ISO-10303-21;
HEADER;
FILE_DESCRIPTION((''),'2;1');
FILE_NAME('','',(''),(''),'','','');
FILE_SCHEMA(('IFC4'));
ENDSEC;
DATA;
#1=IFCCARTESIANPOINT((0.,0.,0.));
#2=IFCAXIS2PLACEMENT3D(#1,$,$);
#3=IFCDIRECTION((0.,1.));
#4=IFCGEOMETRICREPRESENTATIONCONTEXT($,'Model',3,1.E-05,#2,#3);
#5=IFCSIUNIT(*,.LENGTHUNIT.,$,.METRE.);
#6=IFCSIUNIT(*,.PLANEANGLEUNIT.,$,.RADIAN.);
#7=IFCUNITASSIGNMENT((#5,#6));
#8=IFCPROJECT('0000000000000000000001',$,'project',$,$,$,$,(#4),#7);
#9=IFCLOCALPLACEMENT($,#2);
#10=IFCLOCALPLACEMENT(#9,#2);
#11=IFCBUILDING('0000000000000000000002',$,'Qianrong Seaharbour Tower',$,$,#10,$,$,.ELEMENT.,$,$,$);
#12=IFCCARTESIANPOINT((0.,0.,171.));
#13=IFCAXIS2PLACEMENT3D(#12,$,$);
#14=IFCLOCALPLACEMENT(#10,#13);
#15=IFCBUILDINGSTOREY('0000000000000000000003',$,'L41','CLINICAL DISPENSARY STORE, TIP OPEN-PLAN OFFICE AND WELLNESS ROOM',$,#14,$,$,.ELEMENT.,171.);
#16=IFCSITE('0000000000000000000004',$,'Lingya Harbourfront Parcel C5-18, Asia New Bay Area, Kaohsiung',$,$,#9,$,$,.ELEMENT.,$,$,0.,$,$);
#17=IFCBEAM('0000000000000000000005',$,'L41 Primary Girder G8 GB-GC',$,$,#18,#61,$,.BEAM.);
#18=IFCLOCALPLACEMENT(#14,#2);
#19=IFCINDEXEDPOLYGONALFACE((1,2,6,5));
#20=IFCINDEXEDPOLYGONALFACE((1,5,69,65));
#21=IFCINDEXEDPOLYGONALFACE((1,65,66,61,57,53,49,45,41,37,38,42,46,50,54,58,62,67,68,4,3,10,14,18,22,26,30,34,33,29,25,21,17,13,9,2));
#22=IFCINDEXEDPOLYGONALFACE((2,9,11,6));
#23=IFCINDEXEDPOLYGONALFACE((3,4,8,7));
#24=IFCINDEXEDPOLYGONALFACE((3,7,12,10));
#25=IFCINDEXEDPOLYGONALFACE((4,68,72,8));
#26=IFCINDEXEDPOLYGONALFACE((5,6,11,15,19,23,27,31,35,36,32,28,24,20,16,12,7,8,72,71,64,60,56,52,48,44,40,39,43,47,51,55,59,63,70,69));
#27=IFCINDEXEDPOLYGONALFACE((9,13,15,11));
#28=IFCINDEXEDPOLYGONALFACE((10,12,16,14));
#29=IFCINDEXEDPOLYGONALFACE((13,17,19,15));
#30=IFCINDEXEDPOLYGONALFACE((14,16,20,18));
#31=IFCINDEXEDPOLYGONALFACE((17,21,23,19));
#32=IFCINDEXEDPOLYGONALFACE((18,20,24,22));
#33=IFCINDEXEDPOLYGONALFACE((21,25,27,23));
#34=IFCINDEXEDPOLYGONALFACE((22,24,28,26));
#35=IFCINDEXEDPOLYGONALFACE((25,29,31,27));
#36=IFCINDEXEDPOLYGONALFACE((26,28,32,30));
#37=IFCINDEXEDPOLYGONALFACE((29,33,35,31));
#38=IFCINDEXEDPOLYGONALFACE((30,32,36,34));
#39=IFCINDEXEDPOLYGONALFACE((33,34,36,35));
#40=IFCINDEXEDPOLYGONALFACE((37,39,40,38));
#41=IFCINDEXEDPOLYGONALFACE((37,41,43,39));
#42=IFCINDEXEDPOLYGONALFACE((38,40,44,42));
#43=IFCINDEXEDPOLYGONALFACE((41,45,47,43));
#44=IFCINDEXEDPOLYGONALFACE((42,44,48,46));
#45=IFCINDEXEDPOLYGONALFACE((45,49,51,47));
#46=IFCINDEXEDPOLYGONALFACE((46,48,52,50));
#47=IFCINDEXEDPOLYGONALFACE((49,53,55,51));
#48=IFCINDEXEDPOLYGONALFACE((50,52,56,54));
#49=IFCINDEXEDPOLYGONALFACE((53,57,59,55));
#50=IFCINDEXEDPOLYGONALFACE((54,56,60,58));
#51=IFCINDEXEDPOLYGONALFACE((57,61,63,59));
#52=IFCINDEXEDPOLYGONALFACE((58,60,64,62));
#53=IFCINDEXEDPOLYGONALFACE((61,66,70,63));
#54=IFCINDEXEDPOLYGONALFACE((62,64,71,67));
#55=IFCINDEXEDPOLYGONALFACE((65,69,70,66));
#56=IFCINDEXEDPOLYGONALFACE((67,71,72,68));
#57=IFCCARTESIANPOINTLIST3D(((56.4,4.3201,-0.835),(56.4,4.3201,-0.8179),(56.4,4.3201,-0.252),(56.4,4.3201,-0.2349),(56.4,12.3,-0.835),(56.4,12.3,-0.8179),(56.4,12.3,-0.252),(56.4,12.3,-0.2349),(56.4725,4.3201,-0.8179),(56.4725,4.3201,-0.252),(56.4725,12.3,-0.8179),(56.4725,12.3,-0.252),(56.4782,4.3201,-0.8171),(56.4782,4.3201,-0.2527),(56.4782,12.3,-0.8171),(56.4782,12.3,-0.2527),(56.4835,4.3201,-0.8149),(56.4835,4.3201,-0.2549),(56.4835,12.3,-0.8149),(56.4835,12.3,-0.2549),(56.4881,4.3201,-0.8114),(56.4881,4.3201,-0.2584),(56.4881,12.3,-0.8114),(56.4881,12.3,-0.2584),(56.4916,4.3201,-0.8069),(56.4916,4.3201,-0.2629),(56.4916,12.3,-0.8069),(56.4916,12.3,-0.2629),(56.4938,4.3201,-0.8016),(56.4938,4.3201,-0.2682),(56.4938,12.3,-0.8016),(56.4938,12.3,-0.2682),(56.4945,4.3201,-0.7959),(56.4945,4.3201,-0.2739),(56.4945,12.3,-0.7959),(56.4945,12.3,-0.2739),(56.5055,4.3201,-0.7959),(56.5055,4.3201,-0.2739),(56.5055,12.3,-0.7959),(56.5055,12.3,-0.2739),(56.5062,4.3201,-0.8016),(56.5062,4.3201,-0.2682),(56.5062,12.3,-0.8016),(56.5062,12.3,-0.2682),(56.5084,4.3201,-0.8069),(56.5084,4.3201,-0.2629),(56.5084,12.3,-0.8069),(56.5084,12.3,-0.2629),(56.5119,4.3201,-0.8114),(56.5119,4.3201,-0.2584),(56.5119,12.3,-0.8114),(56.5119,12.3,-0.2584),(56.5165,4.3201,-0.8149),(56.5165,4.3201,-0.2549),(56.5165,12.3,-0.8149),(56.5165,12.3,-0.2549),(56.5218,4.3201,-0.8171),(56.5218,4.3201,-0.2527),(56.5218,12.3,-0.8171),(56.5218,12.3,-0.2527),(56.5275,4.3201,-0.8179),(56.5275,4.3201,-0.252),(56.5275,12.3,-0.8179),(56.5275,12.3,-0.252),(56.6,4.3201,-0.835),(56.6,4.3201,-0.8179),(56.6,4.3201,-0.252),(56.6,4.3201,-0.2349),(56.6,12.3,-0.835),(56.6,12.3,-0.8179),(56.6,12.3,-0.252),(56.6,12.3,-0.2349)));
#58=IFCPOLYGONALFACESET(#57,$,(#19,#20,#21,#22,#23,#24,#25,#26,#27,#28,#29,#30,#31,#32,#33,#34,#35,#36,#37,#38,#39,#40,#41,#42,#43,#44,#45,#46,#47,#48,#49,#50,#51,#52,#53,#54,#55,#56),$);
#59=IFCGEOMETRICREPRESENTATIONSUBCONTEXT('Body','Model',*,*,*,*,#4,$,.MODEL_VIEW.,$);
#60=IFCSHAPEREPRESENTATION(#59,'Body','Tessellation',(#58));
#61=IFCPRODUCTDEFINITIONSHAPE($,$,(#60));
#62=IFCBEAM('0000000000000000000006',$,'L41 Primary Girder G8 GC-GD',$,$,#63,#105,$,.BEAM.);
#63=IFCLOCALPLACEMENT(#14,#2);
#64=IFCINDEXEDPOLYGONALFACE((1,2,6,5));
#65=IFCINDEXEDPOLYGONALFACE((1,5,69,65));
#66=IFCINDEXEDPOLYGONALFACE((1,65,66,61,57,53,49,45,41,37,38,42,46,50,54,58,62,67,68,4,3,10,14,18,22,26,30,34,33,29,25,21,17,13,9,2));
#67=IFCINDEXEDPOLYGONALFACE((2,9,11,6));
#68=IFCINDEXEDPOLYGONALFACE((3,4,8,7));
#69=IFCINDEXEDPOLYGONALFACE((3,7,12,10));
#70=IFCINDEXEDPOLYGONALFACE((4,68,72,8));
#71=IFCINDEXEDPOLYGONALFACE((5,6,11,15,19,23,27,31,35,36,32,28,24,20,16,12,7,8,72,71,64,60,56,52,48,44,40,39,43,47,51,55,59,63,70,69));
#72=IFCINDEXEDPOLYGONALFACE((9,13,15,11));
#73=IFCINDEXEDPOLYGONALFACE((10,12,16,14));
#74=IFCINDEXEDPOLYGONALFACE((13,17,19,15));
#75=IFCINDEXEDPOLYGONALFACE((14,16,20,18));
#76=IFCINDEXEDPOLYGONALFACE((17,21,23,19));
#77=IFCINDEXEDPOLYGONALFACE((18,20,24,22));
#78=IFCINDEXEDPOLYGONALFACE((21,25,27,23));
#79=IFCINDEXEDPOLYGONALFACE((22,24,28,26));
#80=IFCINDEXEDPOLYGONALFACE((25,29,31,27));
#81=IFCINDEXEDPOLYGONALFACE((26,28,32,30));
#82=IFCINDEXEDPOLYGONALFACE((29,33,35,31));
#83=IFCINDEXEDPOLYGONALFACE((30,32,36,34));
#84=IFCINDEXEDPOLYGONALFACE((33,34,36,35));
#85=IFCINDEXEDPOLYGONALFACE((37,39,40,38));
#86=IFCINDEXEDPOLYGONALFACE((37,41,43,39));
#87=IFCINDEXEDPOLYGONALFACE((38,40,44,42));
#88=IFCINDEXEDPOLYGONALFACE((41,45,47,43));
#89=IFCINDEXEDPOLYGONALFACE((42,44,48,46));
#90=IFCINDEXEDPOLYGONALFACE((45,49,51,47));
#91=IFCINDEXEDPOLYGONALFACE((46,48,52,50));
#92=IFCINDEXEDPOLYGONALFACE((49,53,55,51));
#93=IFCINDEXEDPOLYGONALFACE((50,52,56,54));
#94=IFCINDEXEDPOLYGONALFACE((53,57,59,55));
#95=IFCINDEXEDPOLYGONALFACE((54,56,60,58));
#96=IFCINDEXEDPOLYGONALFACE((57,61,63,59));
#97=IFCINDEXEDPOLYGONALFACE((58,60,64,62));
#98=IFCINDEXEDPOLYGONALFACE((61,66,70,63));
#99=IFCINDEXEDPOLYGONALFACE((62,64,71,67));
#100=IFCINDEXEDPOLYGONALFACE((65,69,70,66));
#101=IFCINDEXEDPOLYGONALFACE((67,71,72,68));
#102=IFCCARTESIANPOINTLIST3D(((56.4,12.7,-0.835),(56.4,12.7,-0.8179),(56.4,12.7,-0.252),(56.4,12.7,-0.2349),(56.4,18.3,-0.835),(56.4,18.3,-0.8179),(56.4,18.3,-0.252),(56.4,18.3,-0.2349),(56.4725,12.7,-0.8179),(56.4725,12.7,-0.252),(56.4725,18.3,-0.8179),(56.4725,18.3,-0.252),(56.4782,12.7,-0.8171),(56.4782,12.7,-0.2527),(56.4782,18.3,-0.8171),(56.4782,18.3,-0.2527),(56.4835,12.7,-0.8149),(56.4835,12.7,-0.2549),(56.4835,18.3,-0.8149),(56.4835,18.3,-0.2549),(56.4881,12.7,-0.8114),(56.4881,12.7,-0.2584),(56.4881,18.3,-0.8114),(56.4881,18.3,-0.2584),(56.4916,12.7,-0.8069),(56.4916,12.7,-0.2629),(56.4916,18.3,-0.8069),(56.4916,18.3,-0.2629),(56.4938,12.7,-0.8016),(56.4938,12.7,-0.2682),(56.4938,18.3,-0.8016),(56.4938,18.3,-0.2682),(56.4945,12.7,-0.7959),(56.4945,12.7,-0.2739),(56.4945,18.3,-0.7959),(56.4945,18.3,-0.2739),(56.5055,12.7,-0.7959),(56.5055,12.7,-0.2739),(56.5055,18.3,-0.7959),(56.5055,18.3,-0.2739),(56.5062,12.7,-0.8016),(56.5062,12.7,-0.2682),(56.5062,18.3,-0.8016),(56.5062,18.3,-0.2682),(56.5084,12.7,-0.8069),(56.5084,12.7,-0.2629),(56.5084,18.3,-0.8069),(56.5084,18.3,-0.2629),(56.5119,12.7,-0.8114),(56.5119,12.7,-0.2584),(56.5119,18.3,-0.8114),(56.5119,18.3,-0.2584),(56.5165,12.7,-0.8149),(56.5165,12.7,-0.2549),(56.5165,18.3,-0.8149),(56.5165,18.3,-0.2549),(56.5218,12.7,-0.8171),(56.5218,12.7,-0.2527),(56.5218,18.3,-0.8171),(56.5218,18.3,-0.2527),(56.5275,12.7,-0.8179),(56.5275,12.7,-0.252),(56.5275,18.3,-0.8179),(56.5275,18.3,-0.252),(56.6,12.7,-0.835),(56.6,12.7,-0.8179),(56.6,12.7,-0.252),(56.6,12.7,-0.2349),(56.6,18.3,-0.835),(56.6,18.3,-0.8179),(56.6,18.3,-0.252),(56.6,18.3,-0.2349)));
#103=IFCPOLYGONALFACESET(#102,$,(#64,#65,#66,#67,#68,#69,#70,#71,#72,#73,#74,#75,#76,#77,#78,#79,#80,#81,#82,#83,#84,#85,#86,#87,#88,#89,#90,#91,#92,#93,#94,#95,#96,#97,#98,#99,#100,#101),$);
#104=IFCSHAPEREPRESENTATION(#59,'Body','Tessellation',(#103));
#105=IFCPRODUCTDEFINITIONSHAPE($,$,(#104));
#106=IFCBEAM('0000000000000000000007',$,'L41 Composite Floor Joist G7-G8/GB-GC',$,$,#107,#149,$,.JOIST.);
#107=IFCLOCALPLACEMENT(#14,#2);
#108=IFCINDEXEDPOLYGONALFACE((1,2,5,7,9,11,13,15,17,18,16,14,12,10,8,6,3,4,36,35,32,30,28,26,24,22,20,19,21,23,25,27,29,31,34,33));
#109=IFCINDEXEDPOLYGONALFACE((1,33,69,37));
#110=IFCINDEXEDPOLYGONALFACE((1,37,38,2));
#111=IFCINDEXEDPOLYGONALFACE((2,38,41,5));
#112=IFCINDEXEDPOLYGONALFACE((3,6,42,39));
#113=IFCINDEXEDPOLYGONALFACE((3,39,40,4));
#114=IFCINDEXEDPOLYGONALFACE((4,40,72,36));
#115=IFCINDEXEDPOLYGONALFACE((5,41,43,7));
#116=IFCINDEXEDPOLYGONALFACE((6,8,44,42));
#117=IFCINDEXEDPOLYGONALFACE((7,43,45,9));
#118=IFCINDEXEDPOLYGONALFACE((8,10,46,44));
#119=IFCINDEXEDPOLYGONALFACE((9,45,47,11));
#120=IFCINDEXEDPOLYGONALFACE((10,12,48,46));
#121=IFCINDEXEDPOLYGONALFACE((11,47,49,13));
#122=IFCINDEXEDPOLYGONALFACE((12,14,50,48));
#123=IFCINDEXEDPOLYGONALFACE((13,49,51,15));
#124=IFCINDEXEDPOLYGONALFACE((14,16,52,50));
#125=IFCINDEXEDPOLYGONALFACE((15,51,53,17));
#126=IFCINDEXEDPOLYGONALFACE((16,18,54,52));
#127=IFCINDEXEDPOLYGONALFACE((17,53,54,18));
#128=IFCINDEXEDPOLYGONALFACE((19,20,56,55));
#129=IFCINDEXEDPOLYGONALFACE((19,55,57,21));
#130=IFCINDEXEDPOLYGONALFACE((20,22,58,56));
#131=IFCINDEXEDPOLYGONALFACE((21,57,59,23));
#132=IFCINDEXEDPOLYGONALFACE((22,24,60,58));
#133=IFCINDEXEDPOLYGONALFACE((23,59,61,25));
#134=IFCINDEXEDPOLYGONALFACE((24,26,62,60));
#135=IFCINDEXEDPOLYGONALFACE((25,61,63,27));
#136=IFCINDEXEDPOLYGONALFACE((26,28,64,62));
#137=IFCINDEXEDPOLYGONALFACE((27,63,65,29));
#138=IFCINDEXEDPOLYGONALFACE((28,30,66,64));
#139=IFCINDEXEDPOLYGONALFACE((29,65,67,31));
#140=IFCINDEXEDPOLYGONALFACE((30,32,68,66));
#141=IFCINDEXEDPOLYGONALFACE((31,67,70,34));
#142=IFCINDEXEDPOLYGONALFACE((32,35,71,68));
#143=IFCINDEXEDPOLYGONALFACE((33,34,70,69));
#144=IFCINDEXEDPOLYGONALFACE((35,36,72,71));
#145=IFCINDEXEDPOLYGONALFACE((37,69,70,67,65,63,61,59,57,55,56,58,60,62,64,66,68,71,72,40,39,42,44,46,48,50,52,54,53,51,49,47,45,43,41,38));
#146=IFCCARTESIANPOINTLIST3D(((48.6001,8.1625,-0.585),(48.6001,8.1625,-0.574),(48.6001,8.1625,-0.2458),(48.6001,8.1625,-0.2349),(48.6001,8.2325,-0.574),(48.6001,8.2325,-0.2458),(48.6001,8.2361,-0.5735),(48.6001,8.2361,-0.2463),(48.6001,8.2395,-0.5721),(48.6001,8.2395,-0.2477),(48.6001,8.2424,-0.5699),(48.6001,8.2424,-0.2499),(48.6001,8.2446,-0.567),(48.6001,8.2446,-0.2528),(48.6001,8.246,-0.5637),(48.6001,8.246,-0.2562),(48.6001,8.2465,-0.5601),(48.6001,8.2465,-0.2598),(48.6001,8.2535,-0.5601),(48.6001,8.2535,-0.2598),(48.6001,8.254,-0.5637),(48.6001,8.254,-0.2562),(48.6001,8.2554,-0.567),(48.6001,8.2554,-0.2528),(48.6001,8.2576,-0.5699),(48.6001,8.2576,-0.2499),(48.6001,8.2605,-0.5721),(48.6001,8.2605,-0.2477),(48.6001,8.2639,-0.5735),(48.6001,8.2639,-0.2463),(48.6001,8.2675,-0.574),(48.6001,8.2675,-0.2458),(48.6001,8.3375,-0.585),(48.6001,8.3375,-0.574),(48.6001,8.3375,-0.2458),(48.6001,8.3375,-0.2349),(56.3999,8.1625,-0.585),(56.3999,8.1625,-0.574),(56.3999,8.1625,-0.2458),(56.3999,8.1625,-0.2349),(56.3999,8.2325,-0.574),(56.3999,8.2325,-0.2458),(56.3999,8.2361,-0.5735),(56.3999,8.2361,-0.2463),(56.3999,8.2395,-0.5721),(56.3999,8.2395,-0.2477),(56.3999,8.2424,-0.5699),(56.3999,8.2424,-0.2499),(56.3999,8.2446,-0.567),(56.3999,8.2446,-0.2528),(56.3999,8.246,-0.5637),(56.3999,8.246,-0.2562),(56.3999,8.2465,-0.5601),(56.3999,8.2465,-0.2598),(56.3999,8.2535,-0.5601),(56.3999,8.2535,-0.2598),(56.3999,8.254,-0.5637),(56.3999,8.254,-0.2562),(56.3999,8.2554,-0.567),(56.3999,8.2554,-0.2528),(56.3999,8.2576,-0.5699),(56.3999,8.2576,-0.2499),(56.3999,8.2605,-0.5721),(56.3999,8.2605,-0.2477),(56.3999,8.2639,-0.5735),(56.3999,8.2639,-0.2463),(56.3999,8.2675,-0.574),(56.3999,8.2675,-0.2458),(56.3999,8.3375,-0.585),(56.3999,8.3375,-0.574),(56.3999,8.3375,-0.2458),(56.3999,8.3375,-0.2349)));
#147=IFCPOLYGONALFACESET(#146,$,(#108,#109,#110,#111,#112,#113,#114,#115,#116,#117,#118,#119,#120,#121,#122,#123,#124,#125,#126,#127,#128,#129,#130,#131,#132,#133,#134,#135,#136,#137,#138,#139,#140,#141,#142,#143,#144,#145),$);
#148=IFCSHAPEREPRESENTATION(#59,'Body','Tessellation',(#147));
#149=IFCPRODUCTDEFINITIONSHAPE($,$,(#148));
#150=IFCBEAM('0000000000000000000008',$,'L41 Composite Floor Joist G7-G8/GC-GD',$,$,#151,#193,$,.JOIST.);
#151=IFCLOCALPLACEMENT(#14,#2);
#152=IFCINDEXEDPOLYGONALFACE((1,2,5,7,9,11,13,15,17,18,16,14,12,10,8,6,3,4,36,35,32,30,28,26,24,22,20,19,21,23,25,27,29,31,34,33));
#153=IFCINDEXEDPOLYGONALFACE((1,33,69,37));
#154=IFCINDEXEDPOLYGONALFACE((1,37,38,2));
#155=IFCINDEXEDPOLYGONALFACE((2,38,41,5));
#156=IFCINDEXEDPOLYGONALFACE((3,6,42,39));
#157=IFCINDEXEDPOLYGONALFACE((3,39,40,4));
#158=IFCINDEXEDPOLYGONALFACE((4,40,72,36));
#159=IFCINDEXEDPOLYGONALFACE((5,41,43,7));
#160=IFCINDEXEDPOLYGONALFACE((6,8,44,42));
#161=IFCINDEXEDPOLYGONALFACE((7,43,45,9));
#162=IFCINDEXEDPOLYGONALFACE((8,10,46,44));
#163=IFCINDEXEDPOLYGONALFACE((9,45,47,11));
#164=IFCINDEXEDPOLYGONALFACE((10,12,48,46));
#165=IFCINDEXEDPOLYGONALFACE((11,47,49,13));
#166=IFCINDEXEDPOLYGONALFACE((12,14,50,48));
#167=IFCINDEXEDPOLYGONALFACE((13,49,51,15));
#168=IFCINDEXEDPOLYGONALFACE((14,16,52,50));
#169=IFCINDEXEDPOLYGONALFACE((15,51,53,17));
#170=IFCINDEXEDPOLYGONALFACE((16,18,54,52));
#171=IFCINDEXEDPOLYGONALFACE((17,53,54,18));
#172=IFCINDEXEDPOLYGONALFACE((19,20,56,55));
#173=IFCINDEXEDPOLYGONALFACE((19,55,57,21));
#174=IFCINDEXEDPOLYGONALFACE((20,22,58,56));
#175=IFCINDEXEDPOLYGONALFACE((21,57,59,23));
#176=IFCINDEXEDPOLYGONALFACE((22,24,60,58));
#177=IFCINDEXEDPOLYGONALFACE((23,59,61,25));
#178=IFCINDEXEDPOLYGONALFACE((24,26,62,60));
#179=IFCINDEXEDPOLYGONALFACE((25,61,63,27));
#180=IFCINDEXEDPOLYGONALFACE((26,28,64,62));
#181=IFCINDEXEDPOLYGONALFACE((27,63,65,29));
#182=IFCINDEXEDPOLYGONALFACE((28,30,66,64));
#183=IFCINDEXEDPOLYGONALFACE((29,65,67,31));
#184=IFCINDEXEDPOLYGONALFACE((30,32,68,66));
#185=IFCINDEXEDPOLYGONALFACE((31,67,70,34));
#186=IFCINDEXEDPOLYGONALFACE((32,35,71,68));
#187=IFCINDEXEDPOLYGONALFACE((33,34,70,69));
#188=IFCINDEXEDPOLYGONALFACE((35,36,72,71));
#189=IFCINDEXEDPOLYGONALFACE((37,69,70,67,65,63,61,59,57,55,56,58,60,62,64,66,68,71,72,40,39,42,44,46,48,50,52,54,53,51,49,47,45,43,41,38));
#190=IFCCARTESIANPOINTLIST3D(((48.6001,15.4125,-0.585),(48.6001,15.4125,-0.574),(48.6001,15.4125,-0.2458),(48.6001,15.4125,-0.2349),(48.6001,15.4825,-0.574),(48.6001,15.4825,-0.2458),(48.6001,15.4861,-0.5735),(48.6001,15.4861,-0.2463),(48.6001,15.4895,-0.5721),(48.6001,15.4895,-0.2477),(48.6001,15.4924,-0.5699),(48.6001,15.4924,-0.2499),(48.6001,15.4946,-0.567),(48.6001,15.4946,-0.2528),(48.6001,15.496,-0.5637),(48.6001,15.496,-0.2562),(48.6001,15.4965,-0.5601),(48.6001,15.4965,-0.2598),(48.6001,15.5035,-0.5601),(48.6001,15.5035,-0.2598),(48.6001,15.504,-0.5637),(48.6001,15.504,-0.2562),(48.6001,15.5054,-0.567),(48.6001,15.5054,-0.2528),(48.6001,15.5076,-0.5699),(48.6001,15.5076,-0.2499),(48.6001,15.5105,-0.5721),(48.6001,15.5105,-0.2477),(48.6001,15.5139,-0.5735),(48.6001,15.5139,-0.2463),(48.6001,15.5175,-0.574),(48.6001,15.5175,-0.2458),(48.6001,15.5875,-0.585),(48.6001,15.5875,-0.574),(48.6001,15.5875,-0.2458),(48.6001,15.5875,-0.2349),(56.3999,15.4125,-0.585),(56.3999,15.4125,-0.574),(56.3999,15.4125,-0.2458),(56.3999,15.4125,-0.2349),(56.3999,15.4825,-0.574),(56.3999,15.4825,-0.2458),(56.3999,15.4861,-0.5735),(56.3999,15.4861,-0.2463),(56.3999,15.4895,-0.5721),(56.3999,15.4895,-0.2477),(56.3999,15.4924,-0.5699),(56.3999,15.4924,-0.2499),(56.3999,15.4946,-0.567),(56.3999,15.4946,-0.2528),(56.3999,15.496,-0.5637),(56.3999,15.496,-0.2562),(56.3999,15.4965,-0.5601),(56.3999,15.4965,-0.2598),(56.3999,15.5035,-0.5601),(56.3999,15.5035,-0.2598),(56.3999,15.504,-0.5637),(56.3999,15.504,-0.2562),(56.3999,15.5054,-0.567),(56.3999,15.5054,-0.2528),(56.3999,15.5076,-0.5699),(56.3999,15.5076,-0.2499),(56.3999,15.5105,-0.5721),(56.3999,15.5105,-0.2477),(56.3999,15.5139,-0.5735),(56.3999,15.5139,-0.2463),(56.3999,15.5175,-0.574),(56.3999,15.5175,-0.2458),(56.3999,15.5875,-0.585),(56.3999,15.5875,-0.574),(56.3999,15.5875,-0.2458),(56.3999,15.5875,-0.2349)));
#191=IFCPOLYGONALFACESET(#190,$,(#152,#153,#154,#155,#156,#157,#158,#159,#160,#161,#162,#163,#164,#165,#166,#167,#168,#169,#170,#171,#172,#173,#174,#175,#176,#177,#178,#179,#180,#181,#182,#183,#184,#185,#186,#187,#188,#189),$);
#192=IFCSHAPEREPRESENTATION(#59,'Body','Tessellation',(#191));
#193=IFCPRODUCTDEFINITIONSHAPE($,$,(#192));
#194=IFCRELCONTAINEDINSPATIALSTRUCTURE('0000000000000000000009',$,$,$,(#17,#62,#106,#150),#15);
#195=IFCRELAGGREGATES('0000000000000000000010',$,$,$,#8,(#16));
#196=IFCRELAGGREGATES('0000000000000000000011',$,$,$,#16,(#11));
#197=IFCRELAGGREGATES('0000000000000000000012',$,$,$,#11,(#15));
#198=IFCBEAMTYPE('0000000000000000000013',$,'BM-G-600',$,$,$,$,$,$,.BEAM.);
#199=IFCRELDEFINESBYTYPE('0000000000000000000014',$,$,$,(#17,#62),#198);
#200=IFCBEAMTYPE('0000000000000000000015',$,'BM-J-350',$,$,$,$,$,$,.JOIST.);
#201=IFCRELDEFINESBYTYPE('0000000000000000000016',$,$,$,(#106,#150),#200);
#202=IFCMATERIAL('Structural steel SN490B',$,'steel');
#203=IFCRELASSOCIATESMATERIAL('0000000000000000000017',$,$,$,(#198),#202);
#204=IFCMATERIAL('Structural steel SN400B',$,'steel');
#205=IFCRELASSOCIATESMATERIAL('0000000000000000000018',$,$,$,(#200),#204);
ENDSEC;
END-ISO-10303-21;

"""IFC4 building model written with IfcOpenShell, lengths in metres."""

from ifc_helpers import new_model, si_unit, direction, frame, origin, origin_2d, place, context, subcontext, project, spatial, i_section, extrude, material, material_profile, profile_set, type_object, element, save


model = new_model("IFC4")

# Units and contexts
model_context = context("Model", 3, precision=1e-05, world=origin(), true_north=direction((0.0, 1.0)))
body_context = subcontext(model_context, "Body", "Model", "MODEL_VIEW")
ifc_project = project(units=[si_unit("LENGTHUNIT", "METRE"), si_unit("PLANEANGLEUNIT", "RADIAN")], contexts=[model_context])

# Site, building, storey
site_placement = place(None, origin())
site = spatial("IfcSite", under=ifc_project, at=site_placement, Name="Lingya Harbourfront Parcel C5-18, Asia New Bay Area, Kaohsiung", CompositionType="ELEMENT", RefElevation=0.0)
building_placement = place(site_placement, origin())
building = spatial("IfcBuilding", under=site, at=building_placement, Name="Qianrong Seaharbour Tower", CompositionType="ELEMENT")
storey_placement = place(building_placement, frame((0.0, 0.0, 171.0)))
storey = spatial("IfcBuildingStorey", under=building, at=storey_placement, Name="L41", Description="CLINICAL DISPENSARY STORE, TIP OPEN-PLAN OFFICE AND WELLNESS ROOM", CompositionType="ELEMENT", Elevation=171.0)

# Shared definitions
ifc_material_1 = material(Name="Structural steel SN490B", Category="steel")

# Beams
ifc_material_profile_1 = material_profile(ifc_material_1, i_section(OverallWidth=0.2, OverallDepth=0.6001, WebThickness=0.011, FlangeThickness=0.0171, FilletRadius=0.022, at=origin_2d()), Name="H600x200x11x17")
ifc_profile_set_1 = profile_set([ifc_material_profile_1], Name="Structural steel SN490B")
beam_type_1 = type_object("IfcBeamType", Name="BM-G-600", PredefinedType="BEAM", material=ifc_profile_set_1)
beam_1_placement = place(storey_placement, frame((56.5, 4.3201, -0.5349), z_axis=(0.0, 1.0, 0.0), x_axis=(-1.0, 0.0, 0.0)))
element("IfcBeam", 1, at=beam_1_placement, inside=storey, type_object=beam_type_1, Name="L41 Primary Girder G8 GB-GC", PredefinedType="BEAM", context=body_context, shape_type="SweptSolid", body=[
    extrude(i_section(OverallWidth=0.2, OverallDepth=0.6001, WebThickness=0.011, FlangeThickness=0.0171, FilletRadius=0.022, at=origin_2d()), origin(), (0.0, 0.0, 1.0), 7.98),
])
beam_2_placement = place(storey_placement, frame((56.5, 12.7, -0.5349), z_axis=(0.0, 1.0, 0.0), x_axis=(-1.0, 0.0, 0.0)))
element("IfcBeam", 2, at=beam_2_placement, inside=storey, type_object=beam_type_1, Name="L41 Primary Girder G8 GC-GD", PredefinedType="BEAM", context=body_context, shape_type="SweptSolid", body=[
    extrude(i_section(OverallWidth=0.2, OverallDepth=0.6001, WebThickness=0.011, FlangeThickness=0.0171, FilletRadius=0.022, at=origin_2d()), origin(), (0.0, 0.0, 1.0), 5.6001),
])
ifc_material_2 = material(Name="Structural steel SN400B", Category="steel")
ifc_material_profile_2 = material_profile(ifc_material_2, i_section(OverallWidth=0.175, OverallDepth=0.3501, WebThickness=0.0071, FlangeThickness=0.011, FilletRadius=0.0139, at=origin_2d()), Name="H350x175x7x11")
ifc_profile_set_2 = profile_set([ifc_material_profile_2], Name="Structural steel SN400B")
beam_type_2 = type_object("IfcBeamType", Name="BM-J-350", PredefinedType="JOIST", material=ifc_profile_set_2)
for number, where, z_axis, x_axis, name in (
    (3, (48.6001, 8.25, -0.4099), (1.0, 0.0, 0.0), (0.0, 1.0, 0.0), "L41 Composite Floor Joist G7-G8/GB-GC"),
    (4, (48.6001, 15.5, -0.4099), (1.0, 0.0, 0.0), (0.0, 1.0, 0.0), "L41 Composite Floor Joist G7-G8/GC-GD"),
):
    element("IfcBeam", number, at=place(storey_placement, frame(where, z_axis=z_axis, x_axis=x_axis)), inside=storey, type_object=beam_type_2, Name=name, PredefinedType="JOIST", context=body_context, shape_type="SweptSolid", body=[
        extrude(i_section(OverallWidth=0.175, OverallDepth=0.3501, WebThickness=0.0071, FlangeThickness=0.011, FilletRadius=0.0139, at=origin_2d()), origin(), (0.0, 0.0, 1.0), 7.7998),
    ])

save(model, "model.ifc")
